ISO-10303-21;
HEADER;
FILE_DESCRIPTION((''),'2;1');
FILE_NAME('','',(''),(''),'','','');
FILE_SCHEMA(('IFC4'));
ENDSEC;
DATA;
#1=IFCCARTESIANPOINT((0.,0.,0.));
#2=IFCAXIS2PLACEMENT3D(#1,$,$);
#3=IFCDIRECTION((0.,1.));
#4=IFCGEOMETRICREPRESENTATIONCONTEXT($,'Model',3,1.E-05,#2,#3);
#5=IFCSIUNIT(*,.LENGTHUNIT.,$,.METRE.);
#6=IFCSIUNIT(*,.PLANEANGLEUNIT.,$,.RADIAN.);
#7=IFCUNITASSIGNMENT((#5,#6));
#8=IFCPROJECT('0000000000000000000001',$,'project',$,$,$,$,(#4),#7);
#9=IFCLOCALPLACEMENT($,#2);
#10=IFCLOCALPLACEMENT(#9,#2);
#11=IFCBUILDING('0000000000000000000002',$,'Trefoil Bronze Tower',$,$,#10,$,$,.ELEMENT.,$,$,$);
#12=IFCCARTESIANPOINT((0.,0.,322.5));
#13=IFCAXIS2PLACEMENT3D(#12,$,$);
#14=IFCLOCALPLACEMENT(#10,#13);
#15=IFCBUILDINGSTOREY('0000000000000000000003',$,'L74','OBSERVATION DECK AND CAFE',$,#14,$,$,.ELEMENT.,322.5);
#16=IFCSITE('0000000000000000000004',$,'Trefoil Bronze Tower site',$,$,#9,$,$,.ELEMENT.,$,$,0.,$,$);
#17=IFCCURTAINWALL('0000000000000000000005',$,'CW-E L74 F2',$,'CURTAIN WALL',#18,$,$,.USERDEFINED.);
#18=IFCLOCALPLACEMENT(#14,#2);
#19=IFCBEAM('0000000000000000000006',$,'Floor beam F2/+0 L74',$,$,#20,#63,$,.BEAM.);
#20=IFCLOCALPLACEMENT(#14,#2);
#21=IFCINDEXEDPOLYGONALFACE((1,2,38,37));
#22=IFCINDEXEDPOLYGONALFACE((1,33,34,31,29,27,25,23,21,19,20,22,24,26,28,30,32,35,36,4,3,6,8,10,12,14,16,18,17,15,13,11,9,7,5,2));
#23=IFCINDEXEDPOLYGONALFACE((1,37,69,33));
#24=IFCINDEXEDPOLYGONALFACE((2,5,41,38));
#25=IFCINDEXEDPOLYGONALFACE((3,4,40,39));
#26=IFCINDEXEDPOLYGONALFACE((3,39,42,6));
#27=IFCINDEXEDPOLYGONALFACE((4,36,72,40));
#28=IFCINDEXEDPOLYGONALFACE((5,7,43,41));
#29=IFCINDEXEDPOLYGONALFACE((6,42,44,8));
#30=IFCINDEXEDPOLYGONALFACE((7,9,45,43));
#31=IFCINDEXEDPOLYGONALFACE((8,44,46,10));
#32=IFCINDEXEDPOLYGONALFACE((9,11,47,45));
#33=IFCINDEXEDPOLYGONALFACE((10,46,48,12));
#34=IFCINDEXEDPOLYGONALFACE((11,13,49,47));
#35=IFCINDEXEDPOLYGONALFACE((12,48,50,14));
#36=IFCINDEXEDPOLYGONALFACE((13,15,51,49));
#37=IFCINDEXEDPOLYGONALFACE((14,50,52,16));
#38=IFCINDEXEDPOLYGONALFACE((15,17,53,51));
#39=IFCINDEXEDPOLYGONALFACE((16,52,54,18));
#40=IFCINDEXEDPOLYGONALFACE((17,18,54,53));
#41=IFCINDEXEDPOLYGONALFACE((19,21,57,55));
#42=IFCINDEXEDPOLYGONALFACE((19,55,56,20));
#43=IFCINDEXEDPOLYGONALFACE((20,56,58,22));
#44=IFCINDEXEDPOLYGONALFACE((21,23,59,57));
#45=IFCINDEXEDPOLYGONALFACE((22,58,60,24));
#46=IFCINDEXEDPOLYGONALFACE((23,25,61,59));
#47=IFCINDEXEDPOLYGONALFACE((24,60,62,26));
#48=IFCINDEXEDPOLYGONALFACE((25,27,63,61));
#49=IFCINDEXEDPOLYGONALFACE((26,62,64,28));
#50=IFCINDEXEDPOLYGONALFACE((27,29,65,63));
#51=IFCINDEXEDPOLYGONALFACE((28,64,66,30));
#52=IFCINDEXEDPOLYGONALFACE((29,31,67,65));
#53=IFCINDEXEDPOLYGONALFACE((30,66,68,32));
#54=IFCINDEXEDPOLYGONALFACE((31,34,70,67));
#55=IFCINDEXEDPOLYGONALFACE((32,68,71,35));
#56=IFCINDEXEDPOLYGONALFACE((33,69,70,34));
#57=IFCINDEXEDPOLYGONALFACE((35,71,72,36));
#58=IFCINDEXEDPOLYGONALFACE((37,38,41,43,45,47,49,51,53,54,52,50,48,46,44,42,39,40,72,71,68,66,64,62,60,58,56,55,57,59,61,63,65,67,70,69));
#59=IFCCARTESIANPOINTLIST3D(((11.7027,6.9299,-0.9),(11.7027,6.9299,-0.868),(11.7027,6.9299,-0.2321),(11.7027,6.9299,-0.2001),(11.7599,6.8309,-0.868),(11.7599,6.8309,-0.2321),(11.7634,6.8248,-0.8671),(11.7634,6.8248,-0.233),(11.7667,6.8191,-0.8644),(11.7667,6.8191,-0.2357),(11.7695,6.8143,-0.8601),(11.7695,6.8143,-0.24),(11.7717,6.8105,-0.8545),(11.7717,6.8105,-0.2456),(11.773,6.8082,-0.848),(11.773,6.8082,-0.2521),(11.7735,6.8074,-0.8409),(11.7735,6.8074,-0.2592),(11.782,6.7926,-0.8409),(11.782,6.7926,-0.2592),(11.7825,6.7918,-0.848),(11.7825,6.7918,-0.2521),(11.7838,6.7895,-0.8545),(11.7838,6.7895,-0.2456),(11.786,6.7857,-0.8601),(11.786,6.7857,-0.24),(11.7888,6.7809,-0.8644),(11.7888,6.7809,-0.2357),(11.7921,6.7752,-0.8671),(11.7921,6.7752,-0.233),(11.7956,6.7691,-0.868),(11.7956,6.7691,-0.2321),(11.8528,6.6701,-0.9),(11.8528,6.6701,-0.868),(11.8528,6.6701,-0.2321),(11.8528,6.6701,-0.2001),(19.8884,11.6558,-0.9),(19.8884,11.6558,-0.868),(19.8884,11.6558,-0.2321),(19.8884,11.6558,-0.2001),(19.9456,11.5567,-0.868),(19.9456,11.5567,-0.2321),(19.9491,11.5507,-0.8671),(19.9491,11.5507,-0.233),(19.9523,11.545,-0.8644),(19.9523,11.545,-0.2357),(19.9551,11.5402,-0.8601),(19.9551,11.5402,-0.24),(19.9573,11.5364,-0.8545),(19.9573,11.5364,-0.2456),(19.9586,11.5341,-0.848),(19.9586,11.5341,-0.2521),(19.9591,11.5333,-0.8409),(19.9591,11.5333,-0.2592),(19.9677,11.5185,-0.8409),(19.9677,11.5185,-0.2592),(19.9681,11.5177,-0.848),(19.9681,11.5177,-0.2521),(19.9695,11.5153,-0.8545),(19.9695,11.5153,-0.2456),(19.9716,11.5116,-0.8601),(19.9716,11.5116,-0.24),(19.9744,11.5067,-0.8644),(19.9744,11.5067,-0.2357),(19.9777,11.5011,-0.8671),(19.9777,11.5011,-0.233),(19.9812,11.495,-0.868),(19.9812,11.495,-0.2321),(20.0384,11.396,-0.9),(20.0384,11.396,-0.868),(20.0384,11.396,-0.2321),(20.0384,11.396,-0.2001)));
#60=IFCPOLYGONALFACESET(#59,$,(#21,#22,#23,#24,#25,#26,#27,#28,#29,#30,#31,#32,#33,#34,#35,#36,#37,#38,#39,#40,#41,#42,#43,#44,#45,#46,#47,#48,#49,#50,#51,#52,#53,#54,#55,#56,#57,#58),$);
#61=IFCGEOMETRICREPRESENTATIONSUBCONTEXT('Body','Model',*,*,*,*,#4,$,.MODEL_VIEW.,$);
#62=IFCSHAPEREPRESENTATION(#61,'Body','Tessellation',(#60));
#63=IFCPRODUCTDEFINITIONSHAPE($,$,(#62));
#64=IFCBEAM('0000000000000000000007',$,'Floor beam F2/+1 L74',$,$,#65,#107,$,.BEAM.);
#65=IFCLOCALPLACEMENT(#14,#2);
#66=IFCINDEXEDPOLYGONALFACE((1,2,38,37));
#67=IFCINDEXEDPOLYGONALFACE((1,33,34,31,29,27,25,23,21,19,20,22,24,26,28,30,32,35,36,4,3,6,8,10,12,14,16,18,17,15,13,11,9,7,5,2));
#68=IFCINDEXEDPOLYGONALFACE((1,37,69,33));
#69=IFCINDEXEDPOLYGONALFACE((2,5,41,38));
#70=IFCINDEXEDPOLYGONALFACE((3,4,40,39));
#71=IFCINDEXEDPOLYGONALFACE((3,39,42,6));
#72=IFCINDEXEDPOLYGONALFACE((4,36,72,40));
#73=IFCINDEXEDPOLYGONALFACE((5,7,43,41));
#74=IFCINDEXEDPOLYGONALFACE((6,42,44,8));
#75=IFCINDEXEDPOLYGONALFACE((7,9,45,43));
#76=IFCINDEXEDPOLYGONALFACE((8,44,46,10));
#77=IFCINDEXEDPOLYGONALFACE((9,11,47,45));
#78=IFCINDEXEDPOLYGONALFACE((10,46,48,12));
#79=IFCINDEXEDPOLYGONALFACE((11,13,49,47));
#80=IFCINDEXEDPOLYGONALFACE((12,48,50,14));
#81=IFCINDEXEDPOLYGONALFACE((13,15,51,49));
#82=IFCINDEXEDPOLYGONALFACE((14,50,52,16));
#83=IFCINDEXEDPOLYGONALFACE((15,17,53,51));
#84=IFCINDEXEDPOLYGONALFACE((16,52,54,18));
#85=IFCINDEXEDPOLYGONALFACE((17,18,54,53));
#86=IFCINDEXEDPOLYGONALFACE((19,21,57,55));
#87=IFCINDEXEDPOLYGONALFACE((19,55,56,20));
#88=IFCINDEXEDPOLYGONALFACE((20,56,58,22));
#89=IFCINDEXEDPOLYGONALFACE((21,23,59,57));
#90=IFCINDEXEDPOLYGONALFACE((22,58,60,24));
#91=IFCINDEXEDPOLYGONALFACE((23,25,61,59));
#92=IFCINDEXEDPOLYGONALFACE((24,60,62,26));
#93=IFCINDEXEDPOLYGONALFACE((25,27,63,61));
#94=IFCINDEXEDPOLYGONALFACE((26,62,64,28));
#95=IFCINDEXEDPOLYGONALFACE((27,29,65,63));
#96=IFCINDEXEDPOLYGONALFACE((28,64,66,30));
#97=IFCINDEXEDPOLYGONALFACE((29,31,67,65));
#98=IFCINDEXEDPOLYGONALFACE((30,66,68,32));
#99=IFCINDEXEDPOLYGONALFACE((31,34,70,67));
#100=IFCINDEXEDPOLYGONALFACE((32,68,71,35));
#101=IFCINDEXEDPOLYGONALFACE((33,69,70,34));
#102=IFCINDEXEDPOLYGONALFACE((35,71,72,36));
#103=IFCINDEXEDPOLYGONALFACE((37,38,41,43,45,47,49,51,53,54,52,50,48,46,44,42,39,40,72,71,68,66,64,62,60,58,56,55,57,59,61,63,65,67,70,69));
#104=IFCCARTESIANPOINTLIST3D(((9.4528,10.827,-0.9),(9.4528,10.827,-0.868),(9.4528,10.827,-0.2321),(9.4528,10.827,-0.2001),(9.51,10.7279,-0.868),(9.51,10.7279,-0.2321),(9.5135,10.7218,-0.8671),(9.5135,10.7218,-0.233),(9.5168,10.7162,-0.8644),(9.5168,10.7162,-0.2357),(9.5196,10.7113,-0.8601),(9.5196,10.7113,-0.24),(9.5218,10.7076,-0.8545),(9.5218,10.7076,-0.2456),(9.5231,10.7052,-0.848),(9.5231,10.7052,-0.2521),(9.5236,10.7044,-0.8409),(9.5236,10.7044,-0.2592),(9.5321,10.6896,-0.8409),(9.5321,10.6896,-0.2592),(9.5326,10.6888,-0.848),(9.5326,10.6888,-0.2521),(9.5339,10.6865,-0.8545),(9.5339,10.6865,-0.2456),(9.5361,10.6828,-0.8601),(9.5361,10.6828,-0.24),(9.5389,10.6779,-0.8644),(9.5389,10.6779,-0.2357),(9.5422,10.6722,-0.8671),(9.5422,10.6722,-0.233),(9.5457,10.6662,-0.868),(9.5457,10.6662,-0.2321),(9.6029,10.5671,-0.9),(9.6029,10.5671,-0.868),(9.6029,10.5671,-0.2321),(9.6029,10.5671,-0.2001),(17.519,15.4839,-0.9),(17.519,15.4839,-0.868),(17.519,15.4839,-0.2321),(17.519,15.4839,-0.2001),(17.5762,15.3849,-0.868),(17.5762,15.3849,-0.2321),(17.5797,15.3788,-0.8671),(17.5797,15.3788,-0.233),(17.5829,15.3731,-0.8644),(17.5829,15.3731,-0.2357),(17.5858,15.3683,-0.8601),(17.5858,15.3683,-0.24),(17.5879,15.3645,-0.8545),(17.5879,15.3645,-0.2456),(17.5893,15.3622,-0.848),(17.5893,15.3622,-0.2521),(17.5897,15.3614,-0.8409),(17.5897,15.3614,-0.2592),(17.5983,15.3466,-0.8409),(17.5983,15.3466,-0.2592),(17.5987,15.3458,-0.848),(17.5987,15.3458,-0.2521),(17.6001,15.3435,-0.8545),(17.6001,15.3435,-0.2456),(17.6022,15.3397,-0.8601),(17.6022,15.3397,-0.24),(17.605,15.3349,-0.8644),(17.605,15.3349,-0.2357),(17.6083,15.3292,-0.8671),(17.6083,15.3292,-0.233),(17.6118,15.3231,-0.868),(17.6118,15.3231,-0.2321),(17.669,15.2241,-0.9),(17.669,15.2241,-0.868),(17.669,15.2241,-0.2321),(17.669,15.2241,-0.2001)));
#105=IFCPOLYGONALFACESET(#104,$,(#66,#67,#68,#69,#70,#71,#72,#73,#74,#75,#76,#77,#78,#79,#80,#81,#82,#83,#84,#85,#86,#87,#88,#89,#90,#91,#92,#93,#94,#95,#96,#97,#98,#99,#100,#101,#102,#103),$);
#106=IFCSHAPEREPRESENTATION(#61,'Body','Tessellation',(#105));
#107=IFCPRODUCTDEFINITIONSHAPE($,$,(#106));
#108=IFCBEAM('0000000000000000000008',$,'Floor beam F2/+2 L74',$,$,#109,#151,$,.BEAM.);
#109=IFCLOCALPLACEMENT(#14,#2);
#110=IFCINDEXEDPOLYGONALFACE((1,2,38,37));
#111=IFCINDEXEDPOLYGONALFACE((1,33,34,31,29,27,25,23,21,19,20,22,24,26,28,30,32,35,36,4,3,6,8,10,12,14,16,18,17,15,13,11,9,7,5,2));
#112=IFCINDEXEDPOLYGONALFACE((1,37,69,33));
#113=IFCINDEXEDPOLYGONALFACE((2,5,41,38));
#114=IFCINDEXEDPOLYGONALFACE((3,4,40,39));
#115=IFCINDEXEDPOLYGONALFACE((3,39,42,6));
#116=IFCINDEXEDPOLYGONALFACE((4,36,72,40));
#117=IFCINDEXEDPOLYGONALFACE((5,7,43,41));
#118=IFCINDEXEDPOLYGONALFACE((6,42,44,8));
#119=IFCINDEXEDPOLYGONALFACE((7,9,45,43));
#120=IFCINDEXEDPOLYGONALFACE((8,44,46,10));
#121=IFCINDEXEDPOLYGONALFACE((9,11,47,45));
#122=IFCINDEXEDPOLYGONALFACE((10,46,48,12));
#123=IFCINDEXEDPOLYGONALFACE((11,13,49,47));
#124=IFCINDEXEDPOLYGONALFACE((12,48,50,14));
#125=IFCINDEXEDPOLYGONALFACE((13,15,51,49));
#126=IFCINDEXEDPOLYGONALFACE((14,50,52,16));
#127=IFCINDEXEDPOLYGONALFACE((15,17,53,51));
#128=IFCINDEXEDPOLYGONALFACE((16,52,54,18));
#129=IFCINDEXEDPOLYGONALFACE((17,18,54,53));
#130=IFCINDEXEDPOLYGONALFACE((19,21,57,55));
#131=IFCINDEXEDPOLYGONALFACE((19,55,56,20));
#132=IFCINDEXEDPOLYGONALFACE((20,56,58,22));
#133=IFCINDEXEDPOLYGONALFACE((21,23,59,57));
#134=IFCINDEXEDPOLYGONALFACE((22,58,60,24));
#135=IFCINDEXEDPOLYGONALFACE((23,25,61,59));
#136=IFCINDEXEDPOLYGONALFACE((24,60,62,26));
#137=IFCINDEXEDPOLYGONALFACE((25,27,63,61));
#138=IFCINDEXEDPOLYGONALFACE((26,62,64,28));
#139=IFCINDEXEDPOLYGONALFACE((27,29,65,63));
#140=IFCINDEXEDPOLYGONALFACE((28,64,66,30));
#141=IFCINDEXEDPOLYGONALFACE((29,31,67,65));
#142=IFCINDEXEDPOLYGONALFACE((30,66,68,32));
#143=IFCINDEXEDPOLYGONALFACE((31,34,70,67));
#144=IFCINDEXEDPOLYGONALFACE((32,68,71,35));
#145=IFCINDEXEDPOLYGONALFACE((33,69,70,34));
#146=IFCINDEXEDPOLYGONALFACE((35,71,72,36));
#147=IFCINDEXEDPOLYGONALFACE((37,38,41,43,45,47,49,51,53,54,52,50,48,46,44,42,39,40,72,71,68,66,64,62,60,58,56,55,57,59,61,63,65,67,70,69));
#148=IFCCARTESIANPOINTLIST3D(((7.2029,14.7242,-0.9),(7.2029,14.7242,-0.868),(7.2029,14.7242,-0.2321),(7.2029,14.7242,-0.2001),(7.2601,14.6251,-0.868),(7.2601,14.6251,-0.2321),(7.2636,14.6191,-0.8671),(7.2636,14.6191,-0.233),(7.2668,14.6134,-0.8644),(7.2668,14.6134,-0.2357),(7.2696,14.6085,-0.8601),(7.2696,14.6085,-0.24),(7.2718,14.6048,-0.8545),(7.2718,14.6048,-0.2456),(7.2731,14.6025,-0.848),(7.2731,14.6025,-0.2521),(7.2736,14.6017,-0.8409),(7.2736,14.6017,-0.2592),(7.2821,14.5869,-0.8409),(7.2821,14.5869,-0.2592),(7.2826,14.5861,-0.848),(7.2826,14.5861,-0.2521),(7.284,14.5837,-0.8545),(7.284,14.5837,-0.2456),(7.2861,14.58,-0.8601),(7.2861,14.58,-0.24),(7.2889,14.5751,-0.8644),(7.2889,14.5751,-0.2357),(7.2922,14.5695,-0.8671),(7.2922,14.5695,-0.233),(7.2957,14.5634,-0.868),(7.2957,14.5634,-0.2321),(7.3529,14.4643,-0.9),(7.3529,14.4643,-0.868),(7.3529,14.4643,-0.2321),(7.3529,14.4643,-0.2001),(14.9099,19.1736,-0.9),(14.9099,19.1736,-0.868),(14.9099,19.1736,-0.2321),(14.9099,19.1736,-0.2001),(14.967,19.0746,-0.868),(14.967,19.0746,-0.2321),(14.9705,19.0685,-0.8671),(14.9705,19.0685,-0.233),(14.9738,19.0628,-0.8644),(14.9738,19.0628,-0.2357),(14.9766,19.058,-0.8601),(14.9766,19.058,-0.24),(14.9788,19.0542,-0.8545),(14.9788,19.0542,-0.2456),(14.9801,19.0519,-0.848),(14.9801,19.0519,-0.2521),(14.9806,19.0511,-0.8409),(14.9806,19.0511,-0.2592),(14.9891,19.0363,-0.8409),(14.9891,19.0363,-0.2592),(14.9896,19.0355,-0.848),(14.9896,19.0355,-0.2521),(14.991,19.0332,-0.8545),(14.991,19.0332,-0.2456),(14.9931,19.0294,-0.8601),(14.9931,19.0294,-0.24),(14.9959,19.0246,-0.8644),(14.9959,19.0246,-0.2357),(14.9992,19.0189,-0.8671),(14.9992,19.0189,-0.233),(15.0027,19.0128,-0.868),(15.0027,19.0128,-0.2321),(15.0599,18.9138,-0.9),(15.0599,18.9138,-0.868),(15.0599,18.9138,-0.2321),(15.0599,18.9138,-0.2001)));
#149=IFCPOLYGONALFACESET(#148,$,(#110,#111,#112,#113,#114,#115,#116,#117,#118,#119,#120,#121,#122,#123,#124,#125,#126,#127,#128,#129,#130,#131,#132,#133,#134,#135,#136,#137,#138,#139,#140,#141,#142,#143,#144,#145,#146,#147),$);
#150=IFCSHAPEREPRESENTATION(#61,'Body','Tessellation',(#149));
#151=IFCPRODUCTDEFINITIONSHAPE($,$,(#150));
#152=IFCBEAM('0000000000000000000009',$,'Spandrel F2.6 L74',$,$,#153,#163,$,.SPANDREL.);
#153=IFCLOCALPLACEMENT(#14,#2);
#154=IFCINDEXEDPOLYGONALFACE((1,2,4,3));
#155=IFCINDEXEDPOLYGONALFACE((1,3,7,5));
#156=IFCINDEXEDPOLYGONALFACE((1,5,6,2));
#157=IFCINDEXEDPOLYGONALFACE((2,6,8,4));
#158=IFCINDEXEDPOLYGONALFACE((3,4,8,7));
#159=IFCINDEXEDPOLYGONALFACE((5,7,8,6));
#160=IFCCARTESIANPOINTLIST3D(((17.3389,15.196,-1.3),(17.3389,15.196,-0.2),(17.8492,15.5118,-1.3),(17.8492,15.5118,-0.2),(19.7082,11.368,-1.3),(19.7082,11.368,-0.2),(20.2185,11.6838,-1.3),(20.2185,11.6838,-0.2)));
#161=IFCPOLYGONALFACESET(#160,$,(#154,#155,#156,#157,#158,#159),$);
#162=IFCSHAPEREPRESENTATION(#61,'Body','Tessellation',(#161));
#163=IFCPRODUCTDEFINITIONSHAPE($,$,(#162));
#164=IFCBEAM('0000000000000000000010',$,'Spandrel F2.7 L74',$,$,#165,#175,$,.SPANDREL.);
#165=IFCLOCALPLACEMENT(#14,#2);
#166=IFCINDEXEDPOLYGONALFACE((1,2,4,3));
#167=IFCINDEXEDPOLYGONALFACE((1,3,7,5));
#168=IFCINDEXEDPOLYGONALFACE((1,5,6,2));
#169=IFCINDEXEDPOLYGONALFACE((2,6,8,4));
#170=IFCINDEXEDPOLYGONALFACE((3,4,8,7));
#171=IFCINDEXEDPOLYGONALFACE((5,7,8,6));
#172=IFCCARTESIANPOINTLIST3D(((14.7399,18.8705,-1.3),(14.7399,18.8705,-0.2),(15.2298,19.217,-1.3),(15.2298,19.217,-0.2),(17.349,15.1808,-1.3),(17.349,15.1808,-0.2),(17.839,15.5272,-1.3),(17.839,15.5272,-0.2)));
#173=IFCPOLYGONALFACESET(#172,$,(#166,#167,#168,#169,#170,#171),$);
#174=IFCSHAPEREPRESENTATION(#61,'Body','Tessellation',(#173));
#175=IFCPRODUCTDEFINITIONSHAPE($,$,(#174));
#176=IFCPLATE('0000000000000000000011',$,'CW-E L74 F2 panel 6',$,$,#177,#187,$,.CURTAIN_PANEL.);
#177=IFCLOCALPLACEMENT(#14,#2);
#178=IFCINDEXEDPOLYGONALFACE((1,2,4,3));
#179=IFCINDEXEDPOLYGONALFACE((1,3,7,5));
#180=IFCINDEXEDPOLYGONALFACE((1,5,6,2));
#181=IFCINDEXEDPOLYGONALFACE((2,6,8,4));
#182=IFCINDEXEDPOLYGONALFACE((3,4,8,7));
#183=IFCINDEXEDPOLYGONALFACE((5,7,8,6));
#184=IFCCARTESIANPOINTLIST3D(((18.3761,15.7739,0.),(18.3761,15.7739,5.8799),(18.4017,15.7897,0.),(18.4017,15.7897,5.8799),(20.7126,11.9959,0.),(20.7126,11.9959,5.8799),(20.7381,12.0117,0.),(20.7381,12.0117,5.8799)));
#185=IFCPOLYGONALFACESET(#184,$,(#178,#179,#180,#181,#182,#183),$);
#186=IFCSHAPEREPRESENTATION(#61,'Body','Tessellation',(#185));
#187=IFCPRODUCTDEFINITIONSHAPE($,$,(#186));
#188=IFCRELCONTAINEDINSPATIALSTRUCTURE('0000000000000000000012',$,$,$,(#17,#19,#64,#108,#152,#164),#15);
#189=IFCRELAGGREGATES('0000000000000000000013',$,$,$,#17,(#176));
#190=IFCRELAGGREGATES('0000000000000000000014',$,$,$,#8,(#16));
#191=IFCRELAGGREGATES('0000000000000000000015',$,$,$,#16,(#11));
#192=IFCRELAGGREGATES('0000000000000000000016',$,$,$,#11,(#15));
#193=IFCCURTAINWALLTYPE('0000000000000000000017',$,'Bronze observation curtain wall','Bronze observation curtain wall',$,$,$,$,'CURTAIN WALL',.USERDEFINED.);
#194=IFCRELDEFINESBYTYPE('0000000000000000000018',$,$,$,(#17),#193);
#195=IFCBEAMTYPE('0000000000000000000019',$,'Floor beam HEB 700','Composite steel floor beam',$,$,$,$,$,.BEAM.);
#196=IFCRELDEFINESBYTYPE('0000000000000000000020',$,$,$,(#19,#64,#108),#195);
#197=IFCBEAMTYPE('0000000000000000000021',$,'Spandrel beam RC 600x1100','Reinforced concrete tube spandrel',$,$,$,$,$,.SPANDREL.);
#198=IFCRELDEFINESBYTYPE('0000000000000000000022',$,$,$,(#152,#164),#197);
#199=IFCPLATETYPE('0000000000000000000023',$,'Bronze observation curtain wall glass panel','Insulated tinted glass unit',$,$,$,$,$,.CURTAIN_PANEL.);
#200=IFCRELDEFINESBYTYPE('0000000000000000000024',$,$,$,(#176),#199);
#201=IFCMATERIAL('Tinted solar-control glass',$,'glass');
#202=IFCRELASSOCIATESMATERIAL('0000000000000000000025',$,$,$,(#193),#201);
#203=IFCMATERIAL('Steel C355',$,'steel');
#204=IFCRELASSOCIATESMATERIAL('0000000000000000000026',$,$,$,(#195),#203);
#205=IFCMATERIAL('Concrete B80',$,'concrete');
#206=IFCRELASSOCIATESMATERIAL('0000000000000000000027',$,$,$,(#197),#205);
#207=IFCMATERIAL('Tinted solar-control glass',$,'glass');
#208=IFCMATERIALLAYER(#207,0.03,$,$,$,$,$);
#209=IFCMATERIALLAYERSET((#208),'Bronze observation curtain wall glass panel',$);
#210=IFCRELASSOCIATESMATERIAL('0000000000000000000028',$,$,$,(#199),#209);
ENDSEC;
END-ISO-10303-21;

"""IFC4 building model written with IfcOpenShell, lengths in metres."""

from ifc_helpers import new_model, si_unit, direction, frame, origin, origin_2d, place, context, subcontext, project, spatial, rectangle, i_section, extrude, material, layer, layer_set, material_profile, profile_set, type_object, element, aggregate, save


model = new_model("IFC4")

# Units and contexts
model_context = context("Model", 3, precision=1e-05, world=origin(), true_north=direction((0.0, 1.0)))
body_context = subcontext(model_context, "Body", "Model", "MODEL_VIEW")
ifc_project = project(units=[si_unit("LENGTHUNIT", "METRE"), si_unit("PLANEANGLEUNIT", "RADIAN")], contexts=[model_context])

# Site, building, storey
site_placement = place(None, origin())
site = spatial("IfcSite", under=ifc_project, at=site_placement, Name="Trefoil Bronze Tower site", CompositionType="ELEMENT", RefElevation=0.0)
building_placement = place(site_placement, origin())
building = spatial("IfcBuilding", under=site, at=building_placement, Name="Trefoil Bronze Tower", CompositionType="ELEMENT")
storey_placement = place(building_placement, frame((0.0, 0.0, 322.5)))
storey = spatial("IfcBuildingStorey", under=building, at=storey_placement, Name="L74", Description="OBSERVATION DECK AND CAFE", CompositionType="ELEMENT", Elevation=322.5)

# Curtain wall
ifc_material_1 = material(Name="Tinted solar-control glass", Category="glass")
curtain_wall_type = type_object("IfcCurtainWallType", Name="Bronze observation curtain wall", Description="Bronze observation curtain wall", ElementType="CURTAIN WALL", PredefinedType="USERDEFINED", material=ifc_material_1)
curtain_wall_placement = place(storey_placement, origin())
curtain_wall = element("IfcCurtainWall", 1, at=curtain_wall_placement, inside=storey, type_object=curtain_wall_type, Name="CW-E L74 F2", ObjectType="CURTAIN WALL", PredefinedType="USERDEFINED")

# Beams
ifc_material_2 = material(Name="Steel C355", Category="steel")
ifc_material_profile_1 = material_profile(ifc_material_2, i_section(OverallWidth=0.3, OverallDepth=0.7, WebThickness=0.0171, FlangeThickness=0.032, FilletRadius=0.0271, at=origin_2d()), Name="HEB 700")
ifc_profile_set_1 = profile_set([ifc_material_profile_1], Name="Steel C355")
beam_type_1 = type_object("IfcBeamType", Name="Floor beam HEB 700", Description="Composite steel floor beam", PredefinedType="BEAM", material=ifc_profile_set_1)
beam_1_placement = place(storey_placement, frame((19.9634, 11.5259, -0.55), z_axis=(-0.86603, -0.499992, 0.0), x_axis=(0.499992, -0.86603, 0.0)))
element("IfcBeam", 2, at=beam_1_placement, inside=storey, type_object=beam_type_1, Name="Floor beam F2/+0 L74", PredefinedType="BEAM", context=body_context, shape_type="SweptSolid", body=[
    extrude(i_section(OverallWidth=0.3, OverallDepth=0.7, WebThickness=0.0171, FlangeThickness=0.032, FilletRadius=0.0271, at=origin_2d()), origin(), (0.0, 0.0, 1.0), 9.4519),
])
beam_2_placement = place(storey_placement, frame((17.594, 15.354, -0.55), z_axis=(-0.866026, -0.499999, 0.0), x_axis=(0.499999, -0.866026, 0.0)))
element("IfcBeam", 3, at=beam_2_placement, inside=storey, type_object=beam_type_1, Name="Floor beam F2/+1 L74", PredefinedType="BEAM", context=body_context, shape_type="SweptSolid", body=[
    extrude(i_section(OverallWidth=0.3, OverallDepth=0.7, WebThickness=0.0171, FlangeThickness=0.032, FilletRadius=0.0271, at=origin_2d()), origin(), (0.0, 0.0, 1.0), 9.314),
])
beam_3_placement = place(storey_placement, frame((14.9849, 19.0437, -0.55), z_axis=(-0.866035, -0.499984, 0.0), x_axis=(0.499984, -0.866035, 0.0)))
element("IfcBeam", 4, at=beam_3_placement, inside=storey, type_object=beam_type_1, Name="Floor beam F2/+2 L74", PredefinedType="BEAM", context=body_context, shape_type="SweptSolid", body=[
    extrude(i_section(OverallWidth=0.3, OverallDepth=0.7, WebThickness=0.0171, FlangeThickness=0.032, FilletRadius=0.0271, at=origin_2d()), origin(), (0.0, 0.0, 1.0), 8.8992),
])
ifc_material_3 = material(Name="Concrete B80", Category="concrete")
ifc_material_profile_2 = material_profile(ifc_material_3, rectangle(XDim=0.6001, YDim=1.1001, at=origin_2d()), Name="RC 600x1100")
ifc_profile_set_2 = profile_set([ifc_material_profile_2], Name="Concrete B80")
beam_type_2 = type_object("IfcBeamType", Name="Spandrel beam RC 600x1100", Description="Reinforced concrete tube spandrel", PredefinedType="SPANDREL", material=ifc_profile_set_2)
beam_4_placement = place(storey_placement, frame((19.9634, 11.5259, -0.75), z_axis=(-0.526289, 0.850306, 0.0), x_axis=(-0.850306, -0.526289, 0.0)))
element("IfcBeam", 5, at=beam_4_placement, inside=storey, type_object=beam_type_2, Name="Spandrel F2.6 L74", PredefinedType="SPANDREL", context=body_context, shape_type="SweptSolid", body=[
    extrude(rectangle(XDim=0.6001, YDim=1.1001, at=origin_2d()), origin(), (0.0, 0.0, 1.0), 4.502),
])
beam_5_placement = place(storey_placement, frame((17.594, 15.354, -0.75), z_axis=(-0.577368, 0.816484, 0.0), x_axis=(-0.816484, -0.577368, 0.0)))
element("IfcBeam", 6, at=beam_5_placement, inside=storey, type_object=beam_type_2, Name="Spandrel F2.7 L74", PredefinedType="SPANDREL", context=body_context, shape_type="SweptSolid", body=[
    extrude(rectangle(XDim=0.6001, YDim=1.1001, at=origin_2d()), origin(), (0.0, 0.0, 1.0), 4.519),
])

# Plate
ifc_material_4 = material(Name="Tinted solar-control glass", Category="glass")
ifc_layer_1 = layer(ifc_material_4, 0.03)
ifc_layer_set_1 = layer_set([ifc_layer_1], Name="Bronze observation curtain wall glass panel")
plate_type = type_object("IfcPlateType", Name="Bronze observation curtain wall glass panel", Description="Insulated tinted glass unit", PredefinedType="CURTAIN_PANEL", material=ifc_layer_set_1)
plate_1_placement = place(storey_placement, frame((19.5571, 13.8928, 0.0), z_axis=(0.0, 0.0, 1.0), x_axis=(-0.52598, 0.850497, 0.0)))
plate_1 = element("IfcPlate", 7, at=plate_1_placement, type_object=plate_type, Name="CW-E L74 F2 panel 6", PredefinedType="CURTAIN_PANEL", context=body_context, shape_type="SweptSolid", body=[
    extrude(rectangle(XDim=4.4421, YDim=0.03, at=origin_2d()), origin(), (0.0, 0.0, 1.0), 5.8799),
])
aggregate(curtain_wall, [plate_1])

save(model, "model.ifc")
